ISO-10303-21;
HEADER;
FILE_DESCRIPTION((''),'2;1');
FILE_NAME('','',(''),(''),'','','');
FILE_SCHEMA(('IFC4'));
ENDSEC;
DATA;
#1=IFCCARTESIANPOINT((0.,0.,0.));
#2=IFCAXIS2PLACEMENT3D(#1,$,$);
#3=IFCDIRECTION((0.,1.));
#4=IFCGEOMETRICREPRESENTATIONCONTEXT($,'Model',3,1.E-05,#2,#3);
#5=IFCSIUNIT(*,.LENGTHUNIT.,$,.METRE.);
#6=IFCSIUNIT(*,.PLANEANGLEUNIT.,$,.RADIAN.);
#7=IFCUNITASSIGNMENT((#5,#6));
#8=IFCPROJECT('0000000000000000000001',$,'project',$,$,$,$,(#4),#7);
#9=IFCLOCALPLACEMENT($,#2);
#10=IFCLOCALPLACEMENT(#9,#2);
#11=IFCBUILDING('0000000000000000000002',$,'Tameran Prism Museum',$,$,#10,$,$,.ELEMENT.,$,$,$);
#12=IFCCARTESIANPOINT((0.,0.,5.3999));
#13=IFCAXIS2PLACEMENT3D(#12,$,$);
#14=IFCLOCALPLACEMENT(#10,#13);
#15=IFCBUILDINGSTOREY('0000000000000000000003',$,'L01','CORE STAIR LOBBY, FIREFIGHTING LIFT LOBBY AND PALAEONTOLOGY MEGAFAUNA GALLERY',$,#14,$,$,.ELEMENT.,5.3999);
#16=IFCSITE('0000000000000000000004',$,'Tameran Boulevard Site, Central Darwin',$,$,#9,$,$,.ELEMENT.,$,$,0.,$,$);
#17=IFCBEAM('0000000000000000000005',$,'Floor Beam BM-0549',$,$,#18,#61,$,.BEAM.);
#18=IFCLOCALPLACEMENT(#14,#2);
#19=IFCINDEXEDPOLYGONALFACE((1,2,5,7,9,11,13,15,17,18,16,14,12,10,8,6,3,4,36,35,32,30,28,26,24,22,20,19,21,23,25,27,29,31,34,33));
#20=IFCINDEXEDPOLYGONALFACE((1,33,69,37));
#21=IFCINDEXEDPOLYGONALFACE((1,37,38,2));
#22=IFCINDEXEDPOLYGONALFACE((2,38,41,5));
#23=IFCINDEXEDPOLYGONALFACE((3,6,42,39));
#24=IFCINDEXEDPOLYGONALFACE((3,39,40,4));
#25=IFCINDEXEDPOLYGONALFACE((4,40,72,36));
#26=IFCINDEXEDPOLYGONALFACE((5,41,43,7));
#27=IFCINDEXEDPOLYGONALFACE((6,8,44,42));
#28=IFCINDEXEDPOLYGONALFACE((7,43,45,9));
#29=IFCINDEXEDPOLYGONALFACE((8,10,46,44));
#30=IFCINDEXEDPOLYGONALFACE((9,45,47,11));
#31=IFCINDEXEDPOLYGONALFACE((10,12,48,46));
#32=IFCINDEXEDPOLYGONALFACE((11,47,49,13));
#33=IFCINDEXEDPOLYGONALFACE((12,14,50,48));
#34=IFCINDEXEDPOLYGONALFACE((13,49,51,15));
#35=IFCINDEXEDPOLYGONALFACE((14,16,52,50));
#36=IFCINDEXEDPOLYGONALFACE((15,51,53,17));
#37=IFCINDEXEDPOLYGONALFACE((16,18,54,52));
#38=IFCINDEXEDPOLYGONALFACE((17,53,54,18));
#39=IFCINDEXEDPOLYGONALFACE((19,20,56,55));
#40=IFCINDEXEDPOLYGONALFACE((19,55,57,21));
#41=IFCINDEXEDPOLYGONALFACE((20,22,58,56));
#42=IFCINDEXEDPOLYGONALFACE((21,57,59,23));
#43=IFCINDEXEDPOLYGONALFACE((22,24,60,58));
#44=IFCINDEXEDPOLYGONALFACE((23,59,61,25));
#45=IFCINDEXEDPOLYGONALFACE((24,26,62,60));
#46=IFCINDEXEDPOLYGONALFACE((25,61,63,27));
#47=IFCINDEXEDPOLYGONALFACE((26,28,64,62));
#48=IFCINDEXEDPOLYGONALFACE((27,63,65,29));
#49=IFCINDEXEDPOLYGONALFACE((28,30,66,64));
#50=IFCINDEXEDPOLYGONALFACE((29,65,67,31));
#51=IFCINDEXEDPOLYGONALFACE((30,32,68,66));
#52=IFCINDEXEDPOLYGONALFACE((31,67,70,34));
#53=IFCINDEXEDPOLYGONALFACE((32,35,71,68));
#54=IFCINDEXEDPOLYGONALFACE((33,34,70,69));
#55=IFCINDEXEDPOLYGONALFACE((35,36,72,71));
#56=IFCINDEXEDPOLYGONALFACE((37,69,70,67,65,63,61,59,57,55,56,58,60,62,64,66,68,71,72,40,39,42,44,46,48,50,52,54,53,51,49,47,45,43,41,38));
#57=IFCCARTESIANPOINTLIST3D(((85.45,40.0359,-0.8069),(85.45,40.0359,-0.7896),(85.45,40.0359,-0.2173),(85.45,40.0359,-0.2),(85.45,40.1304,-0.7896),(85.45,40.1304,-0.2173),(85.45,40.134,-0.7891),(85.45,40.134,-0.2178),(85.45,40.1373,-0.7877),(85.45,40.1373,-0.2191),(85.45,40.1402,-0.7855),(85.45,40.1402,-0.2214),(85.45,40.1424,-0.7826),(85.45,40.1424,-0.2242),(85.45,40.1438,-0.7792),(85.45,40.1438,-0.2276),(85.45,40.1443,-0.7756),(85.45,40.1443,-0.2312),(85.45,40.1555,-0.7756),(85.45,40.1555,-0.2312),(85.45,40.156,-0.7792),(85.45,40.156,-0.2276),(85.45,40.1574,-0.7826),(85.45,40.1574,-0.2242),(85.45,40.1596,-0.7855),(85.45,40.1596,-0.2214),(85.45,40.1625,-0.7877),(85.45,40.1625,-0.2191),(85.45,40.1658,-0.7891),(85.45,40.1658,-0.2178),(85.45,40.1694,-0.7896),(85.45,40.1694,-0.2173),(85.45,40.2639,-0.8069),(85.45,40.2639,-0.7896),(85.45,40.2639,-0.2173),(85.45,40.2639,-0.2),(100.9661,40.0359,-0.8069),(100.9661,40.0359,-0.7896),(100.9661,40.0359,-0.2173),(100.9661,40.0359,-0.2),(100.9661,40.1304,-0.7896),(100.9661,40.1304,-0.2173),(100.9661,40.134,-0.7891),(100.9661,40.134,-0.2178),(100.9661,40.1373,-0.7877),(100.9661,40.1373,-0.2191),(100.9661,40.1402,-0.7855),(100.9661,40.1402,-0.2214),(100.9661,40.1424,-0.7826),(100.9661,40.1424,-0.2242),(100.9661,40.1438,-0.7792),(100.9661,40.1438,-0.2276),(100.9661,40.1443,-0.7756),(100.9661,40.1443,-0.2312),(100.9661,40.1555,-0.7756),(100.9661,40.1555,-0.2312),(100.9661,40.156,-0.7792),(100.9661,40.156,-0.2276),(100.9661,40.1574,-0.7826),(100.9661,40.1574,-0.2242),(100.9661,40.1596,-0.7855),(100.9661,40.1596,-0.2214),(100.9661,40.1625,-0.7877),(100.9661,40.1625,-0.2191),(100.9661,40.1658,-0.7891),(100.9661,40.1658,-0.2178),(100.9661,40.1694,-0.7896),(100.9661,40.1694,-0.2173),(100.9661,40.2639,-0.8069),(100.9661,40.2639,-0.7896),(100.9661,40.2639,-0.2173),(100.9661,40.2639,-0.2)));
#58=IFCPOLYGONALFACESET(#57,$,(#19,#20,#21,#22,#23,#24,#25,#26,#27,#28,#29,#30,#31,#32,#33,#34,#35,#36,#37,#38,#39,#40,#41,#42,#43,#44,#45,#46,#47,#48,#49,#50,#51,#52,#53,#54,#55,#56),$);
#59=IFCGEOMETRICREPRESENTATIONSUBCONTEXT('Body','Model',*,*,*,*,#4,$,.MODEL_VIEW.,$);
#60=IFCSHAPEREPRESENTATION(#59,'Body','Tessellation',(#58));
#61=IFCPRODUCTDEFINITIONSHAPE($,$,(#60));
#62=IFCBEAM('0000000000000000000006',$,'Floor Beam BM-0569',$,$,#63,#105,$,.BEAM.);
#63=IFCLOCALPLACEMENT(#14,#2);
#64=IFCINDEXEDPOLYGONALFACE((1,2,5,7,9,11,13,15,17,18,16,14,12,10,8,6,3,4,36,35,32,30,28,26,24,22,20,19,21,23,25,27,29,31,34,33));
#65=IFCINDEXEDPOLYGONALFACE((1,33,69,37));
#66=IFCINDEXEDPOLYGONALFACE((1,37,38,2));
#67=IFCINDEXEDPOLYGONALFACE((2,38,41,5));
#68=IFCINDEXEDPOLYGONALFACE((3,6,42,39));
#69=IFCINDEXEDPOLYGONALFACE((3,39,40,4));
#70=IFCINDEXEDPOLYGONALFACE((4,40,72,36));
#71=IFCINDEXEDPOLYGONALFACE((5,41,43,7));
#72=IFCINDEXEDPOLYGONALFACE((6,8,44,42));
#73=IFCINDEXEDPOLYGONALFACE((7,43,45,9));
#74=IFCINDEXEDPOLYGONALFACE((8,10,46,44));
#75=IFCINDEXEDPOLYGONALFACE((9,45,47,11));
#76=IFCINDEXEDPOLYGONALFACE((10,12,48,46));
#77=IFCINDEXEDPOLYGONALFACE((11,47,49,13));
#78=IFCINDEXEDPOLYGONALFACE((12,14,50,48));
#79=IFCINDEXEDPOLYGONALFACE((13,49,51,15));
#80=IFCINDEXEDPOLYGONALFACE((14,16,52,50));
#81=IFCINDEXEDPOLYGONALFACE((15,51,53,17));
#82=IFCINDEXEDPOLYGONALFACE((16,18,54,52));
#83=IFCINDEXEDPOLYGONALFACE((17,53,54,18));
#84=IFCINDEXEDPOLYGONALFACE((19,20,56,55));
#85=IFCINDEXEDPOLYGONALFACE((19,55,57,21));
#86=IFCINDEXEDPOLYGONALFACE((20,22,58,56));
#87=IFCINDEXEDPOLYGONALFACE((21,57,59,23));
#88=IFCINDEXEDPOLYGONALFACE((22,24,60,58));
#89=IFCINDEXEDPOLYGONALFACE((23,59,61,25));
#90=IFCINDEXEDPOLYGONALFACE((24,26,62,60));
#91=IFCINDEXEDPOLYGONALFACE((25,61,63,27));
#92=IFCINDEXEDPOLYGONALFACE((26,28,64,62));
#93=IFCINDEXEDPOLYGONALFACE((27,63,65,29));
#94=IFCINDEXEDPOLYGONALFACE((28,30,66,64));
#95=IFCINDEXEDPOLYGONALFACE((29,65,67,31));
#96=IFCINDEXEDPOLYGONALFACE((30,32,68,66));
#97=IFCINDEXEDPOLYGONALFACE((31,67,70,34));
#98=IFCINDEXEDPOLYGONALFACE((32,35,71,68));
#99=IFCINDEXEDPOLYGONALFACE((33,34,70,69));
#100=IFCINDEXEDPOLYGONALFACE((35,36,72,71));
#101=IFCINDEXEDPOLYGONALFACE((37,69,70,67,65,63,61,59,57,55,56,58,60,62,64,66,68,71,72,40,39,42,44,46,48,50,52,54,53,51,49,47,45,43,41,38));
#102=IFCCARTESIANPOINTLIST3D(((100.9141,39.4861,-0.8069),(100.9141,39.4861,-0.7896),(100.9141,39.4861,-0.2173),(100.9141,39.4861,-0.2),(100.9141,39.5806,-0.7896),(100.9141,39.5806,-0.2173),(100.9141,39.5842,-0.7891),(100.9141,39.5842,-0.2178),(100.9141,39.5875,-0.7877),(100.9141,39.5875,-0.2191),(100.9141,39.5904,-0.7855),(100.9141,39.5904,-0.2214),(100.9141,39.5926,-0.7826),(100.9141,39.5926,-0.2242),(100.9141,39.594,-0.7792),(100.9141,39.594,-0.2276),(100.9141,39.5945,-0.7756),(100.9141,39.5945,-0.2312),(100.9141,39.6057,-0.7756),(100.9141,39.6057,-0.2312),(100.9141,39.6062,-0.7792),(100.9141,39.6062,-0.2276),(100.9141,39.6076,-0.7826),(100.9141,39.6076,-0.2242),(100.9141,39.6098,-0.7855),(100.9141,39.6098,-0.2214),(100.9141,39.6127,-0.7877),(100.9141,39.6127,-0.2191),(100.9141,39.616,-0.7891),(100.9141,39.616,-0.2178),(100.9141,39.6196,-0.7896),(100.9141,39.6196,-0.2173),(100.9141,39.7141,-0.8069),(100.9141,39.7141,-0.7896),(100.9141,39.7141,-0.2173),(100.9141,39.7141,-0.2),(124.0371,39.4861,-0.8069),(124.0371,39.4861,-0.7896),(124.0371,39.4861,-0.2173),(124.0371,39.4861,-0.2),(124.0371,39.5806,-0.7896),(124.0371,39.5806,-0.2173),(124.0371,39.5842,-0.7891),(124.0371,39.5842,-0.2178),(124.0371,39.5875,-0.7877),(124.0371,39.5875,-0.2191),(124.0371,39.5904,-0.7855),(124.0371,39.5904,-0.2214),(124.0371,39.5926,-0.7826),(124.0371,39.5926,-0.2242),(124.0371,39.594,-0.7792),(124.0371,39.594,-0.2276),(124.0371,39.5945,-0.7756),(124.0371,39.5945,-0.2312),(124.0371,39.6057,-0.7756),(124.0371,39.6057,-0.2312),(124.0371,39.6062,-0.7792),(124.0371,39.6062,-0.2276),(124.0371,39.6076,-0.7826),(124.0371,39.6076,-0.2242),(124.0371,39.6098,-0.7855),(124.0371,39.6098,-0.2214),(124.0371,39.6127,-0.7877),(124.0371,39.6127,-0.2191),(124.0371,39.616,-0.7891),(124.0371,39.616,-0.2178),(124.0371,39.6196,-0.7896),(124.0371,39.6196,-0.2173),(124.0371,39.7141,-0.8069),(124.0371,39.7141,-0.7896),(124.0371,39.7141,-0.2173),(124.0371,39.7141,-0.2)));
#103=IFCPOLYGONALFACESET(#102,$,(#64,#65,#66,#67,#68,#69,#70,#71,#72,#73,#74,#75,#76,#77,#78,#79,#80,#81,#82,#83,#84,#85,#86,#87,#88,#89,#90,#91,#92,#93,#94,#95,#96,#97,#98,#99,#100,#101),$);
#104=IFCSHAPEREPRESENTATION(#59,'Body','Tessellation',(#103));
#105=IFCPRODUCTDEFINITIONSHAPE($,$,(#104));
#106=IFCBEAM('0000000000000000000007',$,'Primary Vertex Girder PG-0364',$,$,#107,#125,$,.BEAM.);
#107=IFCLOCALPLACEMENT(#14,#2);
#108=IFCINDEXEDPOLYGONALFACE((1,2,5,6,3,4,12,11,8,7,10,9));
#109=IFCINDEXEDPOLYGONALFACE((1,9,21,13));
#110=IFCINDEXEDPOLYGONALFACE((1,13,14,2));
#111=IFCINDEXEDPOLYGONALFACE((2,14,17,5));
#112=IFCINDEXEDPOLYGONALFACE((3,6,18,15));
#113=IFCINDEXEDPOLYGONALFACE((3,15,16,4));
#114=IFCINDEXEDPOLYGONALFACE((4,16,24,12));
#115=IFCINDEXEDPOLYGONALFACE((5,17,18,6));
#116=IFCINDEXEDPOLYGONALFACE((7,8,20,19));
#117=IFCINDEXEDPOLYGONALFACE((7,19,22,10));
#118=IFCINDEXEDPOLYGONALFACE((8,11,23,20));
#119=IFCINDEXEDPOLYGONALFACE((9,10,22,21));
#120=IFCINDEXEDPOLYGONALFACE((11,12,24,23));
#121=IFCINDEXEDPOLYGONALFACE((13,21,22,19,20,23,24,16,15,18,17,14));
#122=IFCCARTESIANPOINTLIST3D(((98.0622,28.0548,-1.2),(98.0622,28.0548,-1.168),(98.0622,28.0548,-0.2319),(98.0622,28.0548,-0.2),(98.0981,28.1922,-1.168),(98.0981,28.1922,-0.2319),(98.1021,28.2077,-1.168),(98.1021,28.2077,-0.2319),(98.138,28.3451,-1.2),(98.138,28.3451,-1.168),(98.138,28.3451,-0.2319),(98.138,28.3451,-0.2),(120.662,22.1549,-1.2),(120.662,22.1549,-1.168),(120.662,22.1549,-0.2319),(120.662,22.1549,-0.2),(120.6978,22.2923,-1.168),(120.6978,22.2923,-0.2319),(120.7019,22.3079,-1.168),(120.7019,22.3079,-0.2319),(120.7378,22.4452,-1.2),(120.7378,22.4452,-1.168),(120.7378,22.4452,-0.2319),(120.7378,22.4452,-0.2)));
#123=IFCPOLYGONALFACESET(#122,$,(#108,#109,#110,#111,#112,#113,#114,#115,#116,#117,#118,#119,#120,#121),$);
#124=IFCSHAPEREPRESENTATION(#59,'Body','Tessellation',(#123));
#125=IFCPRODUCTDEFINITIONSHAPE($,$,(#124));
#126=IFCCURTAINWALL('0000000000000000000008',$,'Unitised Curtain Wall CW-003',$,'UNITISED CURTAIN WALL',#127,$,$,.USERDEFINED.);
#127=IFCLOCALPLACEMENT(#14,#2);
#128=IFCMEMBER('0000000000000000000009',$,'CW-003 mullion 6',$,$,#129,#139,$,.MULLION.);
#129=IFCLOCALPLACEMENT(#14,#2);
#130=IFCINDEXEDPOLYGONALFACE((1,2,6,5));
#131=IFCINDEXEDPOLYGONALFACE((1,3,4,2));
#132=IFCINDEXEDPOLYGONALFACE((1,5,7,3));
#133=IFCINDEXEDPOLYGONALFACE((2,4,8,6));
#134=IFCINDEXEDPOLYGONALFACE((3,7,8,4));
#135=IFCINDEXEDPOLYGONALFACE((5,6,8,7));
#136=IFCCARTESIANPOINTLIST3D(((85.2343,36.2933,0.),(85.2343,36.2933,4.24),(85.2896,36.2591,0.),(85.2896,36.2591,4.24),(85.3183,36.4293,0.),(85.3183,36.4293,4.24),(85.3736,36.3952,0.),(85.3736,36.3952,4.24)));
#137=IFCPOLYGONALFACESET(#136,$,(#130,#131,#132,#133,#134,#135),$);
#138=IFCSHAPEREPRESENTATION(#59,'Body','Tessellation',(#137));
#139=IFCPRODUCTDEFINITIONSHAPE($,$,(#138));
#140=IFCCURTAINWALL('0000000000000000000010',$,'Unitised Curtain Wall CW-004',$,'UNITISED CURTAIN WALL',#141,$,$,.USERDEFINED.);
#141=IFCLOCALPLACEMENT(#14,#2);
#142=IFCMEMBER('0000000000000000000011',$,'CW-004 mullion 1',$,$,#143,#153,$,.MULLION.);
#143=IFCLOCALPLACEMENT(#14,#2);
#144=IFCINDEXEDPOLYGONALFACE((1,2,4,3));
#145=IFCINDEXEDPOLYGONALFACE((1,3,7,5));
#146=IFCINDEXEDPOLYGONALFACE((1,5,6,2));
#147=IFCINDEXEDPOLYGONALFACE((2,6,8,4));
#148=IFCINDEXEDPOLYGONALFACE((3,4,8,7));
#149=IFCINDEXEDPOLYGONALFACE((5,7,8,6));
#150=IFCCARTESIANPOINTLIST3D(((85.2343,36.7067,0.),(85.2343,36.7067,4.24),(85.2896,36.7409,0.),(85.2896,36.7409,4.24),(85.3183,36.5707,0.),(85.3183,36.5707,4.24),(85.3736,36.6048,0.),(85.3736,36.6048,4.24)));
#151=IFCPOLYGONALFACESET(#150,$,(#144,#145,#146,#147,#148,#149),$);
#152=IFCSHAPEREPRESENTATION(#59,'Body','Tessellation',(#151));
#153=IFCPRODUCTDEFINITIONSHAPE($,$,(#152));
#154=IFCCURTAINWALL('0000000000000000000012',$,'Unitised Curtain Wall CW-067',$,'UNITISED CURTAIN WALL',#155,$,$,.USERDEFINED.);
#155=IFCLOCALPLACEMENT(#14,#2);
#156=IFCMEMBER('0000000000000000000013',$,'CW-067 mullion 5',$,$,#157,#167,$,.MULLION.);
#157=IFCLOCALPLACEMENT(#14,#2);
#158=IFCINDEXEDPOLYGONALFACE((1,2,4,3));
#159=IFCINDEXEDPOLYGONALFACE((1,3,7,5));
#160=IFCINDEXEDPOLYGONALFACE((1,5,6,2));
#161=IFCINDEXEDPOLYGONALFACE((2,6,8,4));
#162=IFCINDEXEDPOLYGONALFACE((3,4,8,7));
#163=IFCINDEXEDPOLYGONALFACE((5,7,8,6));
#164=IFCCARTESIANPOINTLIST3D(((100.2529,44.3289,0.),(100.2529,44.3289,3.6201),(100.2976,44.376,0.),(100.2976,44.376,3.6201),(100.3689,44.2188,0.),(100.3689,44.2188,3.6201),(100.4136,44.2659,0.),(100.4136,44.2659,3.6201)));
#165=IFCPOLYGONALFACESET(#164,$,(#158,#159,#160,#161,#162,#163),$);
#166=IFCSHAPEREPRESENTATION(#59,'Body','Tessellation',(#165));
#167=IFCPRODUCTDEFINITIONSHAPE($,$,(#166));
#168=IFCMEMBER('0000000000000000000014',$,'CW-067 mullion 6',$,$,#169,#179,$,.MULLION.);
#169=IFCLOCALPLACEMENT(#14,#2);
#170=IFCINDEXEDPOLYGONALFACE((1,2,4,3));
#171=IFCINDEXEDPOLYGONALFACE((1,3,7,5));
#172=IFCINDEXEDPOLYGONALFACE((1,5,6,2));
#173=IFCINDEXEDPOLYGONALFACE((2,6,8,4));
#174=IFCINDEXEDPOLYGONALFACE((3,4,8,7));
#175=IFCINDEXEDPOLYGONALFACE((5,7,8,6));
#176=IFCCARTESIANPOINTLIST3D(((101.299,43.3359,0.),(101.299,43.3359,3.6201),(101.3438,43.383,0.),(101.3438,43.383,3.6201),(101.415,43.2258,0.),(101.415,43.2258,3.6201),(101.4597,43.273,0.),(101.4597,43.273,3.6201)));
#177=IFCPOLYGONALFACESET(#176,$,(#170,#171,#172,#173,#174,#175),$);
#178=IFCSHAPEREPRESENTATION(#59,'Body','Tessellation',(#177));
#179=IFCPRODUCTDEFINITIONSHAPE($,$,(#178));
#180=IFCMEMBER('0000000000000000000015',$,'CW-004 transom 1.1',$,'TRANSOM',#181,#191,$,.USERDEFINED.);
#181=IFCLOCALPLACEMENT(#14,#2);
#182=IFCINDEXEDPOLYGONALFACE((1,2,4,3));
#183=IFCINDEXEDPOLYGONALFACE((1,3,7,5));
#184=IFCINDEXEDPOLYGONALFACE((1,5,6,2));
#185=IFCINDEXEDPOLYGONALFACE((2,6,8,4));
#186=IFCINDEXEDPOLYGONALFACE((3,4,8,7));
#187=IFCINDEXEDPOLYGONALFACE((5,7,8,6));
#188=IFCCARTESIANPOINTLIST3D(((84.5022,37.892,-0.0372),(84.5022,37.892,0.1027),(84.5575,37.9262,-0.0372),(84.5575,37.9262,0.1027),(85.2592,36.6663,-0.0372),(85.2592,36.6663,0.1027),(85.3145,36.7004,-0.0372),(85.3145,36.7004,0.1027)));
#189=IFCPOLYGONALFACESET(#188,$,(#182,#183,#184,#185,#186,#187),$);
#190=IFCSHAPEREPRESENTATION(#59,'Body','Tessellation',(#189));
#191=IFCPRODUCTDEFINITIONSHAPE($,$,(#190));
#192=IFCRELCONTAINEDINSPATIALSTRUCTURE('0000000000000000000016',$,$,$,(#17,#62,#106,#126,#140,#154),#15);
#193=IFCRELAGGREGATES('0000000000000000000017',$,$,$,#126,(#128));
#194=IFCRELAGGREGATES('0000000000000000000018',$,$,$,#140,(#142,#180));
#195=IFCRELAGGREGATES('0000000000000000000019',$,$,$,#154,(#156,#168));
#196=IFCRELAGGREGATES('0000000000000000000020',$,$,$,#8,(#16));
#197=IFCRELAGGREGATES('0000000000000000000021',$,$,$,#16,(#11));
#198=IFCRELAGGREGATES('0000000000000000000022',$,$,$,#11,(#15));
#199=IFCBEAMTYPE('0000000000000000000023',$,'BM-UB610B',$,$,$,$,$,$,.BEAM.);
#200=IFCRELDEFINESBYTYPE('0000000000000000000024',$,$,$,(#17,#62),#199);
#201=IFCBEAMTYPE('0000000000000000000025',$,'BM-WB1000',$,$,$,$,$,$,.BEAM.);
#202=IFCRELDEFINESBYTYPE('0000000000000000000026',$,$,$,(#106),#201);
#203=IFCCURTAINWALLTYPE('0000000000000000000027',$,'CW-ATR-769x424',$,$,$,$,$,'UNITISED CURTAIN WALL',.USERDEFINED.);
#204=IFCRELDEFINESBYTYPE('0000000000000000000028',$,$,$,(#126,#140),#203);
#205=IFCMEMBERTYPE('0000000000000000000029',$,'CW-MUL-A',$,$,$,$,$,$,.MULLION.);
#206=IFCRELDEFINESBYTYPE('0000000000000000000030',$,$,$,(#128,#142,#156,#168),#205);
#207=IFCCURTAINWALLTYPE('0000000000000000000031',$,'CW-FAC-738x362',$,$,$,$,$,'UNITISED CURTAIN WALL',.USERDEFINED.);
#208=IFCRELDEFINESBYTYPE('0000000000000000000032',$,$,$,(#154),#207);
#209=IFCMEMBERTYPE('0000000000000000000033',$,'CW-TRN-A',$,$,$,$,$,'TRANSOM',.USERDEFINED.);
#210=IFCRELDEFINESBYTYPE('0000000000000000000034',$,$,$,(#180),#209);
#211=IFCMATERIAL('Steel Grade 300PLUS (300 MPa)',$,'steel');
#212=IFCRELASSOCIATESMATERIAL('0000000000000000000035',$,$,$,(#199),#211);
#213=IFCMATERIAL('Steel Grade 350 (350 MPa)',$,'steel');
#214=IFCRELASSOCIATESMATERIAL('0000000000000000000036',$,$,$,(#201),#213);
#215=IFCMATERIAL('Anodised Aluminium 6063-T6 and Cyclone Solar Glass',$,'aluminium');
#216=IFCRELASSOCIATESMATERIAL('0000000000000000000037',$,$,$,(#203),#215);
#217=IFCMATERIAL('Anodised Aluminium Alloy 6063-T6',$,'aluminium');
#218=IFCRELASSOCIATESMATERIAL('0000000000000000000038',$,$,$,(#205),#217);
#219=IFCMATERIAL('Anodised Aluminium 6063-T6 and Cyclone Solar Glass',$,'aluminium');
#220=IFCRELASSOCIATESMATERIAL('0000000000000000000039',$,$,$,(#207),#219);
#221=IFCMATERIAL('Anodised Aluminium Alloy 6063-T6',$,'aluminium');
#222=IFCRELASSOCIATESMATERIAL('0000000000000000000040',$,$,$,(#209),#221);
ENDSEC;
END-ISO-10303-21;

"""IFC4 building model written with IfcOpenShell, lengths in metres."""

from ifc_helpers import new_model, si_unit, direction, frame, origin, origin_2d, place, context, subcontext, project, spatial, rectangle, i_section, extrude, material, material_profile, profile_set, type_object, element, aggregate, save


model = new_model("IFC4")

# Units and contexts
model_context = context("Model", 3, precision=1e-05, world=origin(), true_north=direction((0.0, 1.0)))
body_context = subcontext(model_context, "Body", "Model", "MODEL_VIEW")
ifc_project = project(units=[si_unit("LENGTHUNIT", "METRE"), si_unit("PLANEANGLEUNIT", "RADIAN")], contexts=[model_context])

# Site, building, storey
site_placement = place(None, origin())
site = spatial("IfcSite", under=ifc_project, at=site_placement, Name="Tameran Boulevard Site, Central Darwin", CompositionType="ELEMENT", RefElevation=0.0)
building_placement = place(site_placement, origin())
building = spatial("IfcBuilding", under=site, at=building_placement, Name="Tameran Prism Museum", CompositionType="ELEMENT")
storey_placement = place(building_placement, frame((0.0, 0.0, 5.3999)))
storey = spatial("IfcBuildingStorey", under=building, at=storey_placement, Name="L01", Description="CORE STAIR LOBBY, FIREFIGHTING LIFT LOBBY AND PALAEONTOLOGY MEGAFAUNA GALLERY", CompositionType="ELEMENT", Elevation=5.3999)

# Beams
ifc_material_1 = material(Name="Steel Grade 300PLUS (300 MPa)", Category="steel")
ifc_material_profile_1 = material_profile(ifc_material_1, i_section(OverallWidth=0.228, OverallDepth=0.6069, WebThickness=0.0112, FlangeThickness=0.0173, FilletRadius=0.0139, at=origin_2d()))
ifc_profile_set_1 = profile_set([ifc_material_profile_1])
beam_type_1 = type_object("IfcBeamType", Name="BM-UB610B", PredefinedType="BEAM", material=ifc_profile_set_1)
beam_1_placement = place(storey_placement, frame((85.45, 40.1499, -0.5034), z_axis=(1.0, 0.0, 0.0), x_axis=(0.0, 1.0, 0.0)))
element("IfcBeam", 1, at=beam_1_placement, inside=storey, type_object=beam_type_1, Name="Floor Beam BM-0549", PredefinedType="BEAM", context=body_context, shape_type="SweptSolid", body=[
    extrude(i_section(OverallWidth=0.228, OverallDepth=0.6069, WebThickness=0.0112, FlangeThickness=0.0173, FilletRadius=0.0139, at=origin_2d()), origin(), (0.0, 0.0, 1.0), 15.5161),
])
beam_2_placement = place(storey_placement, frame((100.9141, 39.6001, -0.5034), z_axis=(1.0, 0.0, 0.0), x_axis=(0.0, 1.0, 0.0)))
element("IfcBeam", 2, at=beam_2_placement, inside=storey, type_object=beam_type_1, Name="Floor Beam BM-0569", PredefinedType="BEAM", context=body_context, shape_type="SweptSolid", body=[
    extrude(i_section(OverallWidth=0.228, OverallDepth=0.6069, WebThickness=0.0112, FlangeThickness=0.0173, FilletRadius=0.0139, at=origin_2d()), origin(), (0.0, 0.0, 1.0), 23.123),
])
ifc_material_2 = material(Name="Steel Grade 350 (350 MPa)", Category="steel")
ifc_material_profile_2 = material_profile(ifc_material_2, i_section(OverallWidth=0.3, OverallDepth=1.0, WebThickness=0.0161, FlangeThickness=0.032, at=origin_2d()))
ifc_profile_set_2 = profile_set([ifc_material_profile_2])
beam_type_2 = type_object("IfcBeamType", Name="BM-WB1000", PredefinedType="BEAM", material=ifc_profile_set_2)
beam_3_placement = place(storey_placement, frame((98.1001, 28.2, -0.7), z_axis=(0.967572, -0.252594, 0.0), x_axis=(0.252594, 0.967572, 0.0)))
element("IfcBeam", 3, at=beam_3_placement, inside=storey, type_object=beam_type_2, Name="Primary Vertex Girder PG-0364", PredefinedType="BEAM", context=body_context, shape_type="SweptSolid", body=[
    extrude(i_section(OverallWidth=0.3, OverallDepth=1.0, WebThickness=0.0161, FlangeThickness=0.032, at=origin_2d()), origin(), (0.0, 0.0, 1.0), 23.3572),
])

# Curtain walls, members
ifc_material_3 = material(Name="Anodised Aluminium 6063-T6 and Cyclone Solar Glass", Category="aluminium")
curtain_wall_type_1 = type_object("IfcCurtainWallType", Name="CW-ATR-769x424", ElementType="UNITISED CURTAIN WALL", PredefinedType="USERDEFINED", material=ifc_material_3)
curtain_wall_1_placement = place(storey_placement, origin())
curtain_wall_1 = element("IfcCurtainWall", 4, at=curtain_wall_1_placement, inside=storey, type_object=curtain_wall_type_1, Name="Unitised Curtain Wall CW-003", ObjectType="UNITISED CURTAIN WALL", PredefinedType="USERDEFINED")
ifc_material_4 = material(Name="Anodised Aluminium Alloy 6063-T6", Category="aluminium")
ifc_material_profile_3 = material_profile(ifc_material_4, rectangle(XDim=0.0649, YDim=0.1599, at=origin_2d()))
ifc_profile_set_3 = profile_set([ifc_material_profile_3])
member_type_1 = type_object("IfcMemberType", Name="CW-MUL-A", PredefinedType="MULLION", material=ifc_profile_set_3)
member_1_placement = place(storey_placement, frame((85.304, 36.3442, 0.0), z_axis=(0.0, 0.0, 1.0), x_axis=(-0.850791, 0.525504, 0.0)))
member_1 = element("IfcMember", 5, at=member_1_placement, type_object=member_type_1, Name="CW-003 mullion 6", PredefinedType="MULLION", context=body_context, shape_type="SweptSolid", body=[
    extrude(rectangle(XDim=0.0649, YDim=0.1599, at=origin_2d()), origin(), (0.0, 0.0, 1.0), 4.24),
])
aggregate(curtain_wall_1, [member_1])
curtain_wall_2_placement = place(storey_placement, origin())
curtain_wall_2 = element("IfcCurtainWall", 6, at=curtain_wall_2_placement, inside=storey, type_object=curtain_wall_type_1, Name="Unitised Curtain Wall CW-004", ObjectType="UNITISED CURTAIN WALL", PredefinedType="USERDEFINED")
member_2_placement = place(storey_placement, frame((85.304, 36.6558, 0.0), z_axis=(0.0, 0.0, 1.0), x_axis=(-0.850791, -0.525504, 0.0)))
member_2 = element("IfcMember", 7, at=member_2_placement, type_object=member_type_1, Name="CW-004 mullion 1", PredefinedType="MULLION", context=body_context, shape_type="SweptSolid", body=[
    extrude(rectangle(XDim=0.0649, YDim=0.1599, at=origin_2d()), origin(), (0.0, 0.0, 1.0), 4.24),
])

# Curtain wall, members
ifc_material_5 = material(Name="Anodised Aluminium 6063-T6 and Cyclone Solar Glass", Category="aluminium")
curtain_wall_type_2 = type_object("IfcCurtainWallType", Name="CW-FAC-738x362", ElementType="UNITISED CURTAIN WALL", PredefinedType="USERDEFINED", material=ifc_material_5)
curtain_wall_3_placement = place(storey_placement, origin())
curtain_wall_3 = element("IfcCurtainWall", 8, at=curtain_wall_3_placement, inside=storey, type_object=curtain_wall_type_2, Name="Unitised Curtain Wall CW-067", ObjectType="UNITISED CURTAIN WALL", PredefinedType="USERDEFINED")
member_3_placement = place(storey_placement, frame((100.3333, 44.2974, 0.0), z_axis=(0.0, 0.0, 1.0), x_axis=(0.688425, 0.725307, 0.0)))
member_3 = element("IfcMember", 9, at=member_3_placement, type_object=member_type_1, Name="CW-067 mullion 5", PredefinedType="MULLION", context=body_context, shape_type="SweptSolid", body=[
    extrude(rectangle(XDim=0.0649, YDim=0.1599, at=origin_2d()), origin(), (0.0, 0.0, 1.0), 3.6201),
])
member_4_placement = place(storey_placement, frame((101.3794, 43.3044, 0.0), z_axis=(0.0, 0.0, 1.0), x_axis=(0.688425, 0.725307, 0.0)))
member_4 = element("IfcMember", 10, at=member_4_placement, type_object=member_type_1, Name="CW-067 mullion 6", PredefinedType="MULLION", context=body_context, shape_type="SweptSolid", body=[
    extrude(rectangle(XDim=0.0649, YDim=0.1599, at=origin_2d()), origin(), (0.0, 0.0, 1.0), 3.6201),
])

# Member
ifc_material_6 = material(Name="Anodised Aluminium Alloy 6063-T6", Category="aluminium")
ifc_material_profile_4 = material_profile(ifc_material_6, rectangle(XDim=0.0649, YDim=0.1399, at=origin_2d()))
ifc_profile_set_4 = profile_set([ifc_material_profile_4])
member_type_2 = type_object("IfcMemberType", Name="CW-TRN-A", ElementType="TRANSOM", PredefinedType="USERDEFINED", material=ifc_profile_set_4)
member_5_placement = place(storey_placement, frame((85.2869, 36.6833, 0.0327), z_axis=(-0.525468, 0.850814, 0.0), x_axis=(-0.850814, -0.525468, 0.0)))
member_5 = element("IfcMember", 11, at=member_5_placement, type_object=member_type_2, Name="CW-004 transom 1.1", ObjectType="TRANSOM", PredefinedType="USERDEFINED", context=body_context, shape_type="SweptSolid", body=[
    extrude(rectangle(XDim=0.0649, YDim=0.1399, at=origin_2d()), origin(), (0.0, 0.0, 1.0), 1.4407),
])
aggregate(curtain_wall_2, [member_2, member_5])

aggregate(curtain_wall_3, [member_3, member_4])

save(model, "model.ifc")
